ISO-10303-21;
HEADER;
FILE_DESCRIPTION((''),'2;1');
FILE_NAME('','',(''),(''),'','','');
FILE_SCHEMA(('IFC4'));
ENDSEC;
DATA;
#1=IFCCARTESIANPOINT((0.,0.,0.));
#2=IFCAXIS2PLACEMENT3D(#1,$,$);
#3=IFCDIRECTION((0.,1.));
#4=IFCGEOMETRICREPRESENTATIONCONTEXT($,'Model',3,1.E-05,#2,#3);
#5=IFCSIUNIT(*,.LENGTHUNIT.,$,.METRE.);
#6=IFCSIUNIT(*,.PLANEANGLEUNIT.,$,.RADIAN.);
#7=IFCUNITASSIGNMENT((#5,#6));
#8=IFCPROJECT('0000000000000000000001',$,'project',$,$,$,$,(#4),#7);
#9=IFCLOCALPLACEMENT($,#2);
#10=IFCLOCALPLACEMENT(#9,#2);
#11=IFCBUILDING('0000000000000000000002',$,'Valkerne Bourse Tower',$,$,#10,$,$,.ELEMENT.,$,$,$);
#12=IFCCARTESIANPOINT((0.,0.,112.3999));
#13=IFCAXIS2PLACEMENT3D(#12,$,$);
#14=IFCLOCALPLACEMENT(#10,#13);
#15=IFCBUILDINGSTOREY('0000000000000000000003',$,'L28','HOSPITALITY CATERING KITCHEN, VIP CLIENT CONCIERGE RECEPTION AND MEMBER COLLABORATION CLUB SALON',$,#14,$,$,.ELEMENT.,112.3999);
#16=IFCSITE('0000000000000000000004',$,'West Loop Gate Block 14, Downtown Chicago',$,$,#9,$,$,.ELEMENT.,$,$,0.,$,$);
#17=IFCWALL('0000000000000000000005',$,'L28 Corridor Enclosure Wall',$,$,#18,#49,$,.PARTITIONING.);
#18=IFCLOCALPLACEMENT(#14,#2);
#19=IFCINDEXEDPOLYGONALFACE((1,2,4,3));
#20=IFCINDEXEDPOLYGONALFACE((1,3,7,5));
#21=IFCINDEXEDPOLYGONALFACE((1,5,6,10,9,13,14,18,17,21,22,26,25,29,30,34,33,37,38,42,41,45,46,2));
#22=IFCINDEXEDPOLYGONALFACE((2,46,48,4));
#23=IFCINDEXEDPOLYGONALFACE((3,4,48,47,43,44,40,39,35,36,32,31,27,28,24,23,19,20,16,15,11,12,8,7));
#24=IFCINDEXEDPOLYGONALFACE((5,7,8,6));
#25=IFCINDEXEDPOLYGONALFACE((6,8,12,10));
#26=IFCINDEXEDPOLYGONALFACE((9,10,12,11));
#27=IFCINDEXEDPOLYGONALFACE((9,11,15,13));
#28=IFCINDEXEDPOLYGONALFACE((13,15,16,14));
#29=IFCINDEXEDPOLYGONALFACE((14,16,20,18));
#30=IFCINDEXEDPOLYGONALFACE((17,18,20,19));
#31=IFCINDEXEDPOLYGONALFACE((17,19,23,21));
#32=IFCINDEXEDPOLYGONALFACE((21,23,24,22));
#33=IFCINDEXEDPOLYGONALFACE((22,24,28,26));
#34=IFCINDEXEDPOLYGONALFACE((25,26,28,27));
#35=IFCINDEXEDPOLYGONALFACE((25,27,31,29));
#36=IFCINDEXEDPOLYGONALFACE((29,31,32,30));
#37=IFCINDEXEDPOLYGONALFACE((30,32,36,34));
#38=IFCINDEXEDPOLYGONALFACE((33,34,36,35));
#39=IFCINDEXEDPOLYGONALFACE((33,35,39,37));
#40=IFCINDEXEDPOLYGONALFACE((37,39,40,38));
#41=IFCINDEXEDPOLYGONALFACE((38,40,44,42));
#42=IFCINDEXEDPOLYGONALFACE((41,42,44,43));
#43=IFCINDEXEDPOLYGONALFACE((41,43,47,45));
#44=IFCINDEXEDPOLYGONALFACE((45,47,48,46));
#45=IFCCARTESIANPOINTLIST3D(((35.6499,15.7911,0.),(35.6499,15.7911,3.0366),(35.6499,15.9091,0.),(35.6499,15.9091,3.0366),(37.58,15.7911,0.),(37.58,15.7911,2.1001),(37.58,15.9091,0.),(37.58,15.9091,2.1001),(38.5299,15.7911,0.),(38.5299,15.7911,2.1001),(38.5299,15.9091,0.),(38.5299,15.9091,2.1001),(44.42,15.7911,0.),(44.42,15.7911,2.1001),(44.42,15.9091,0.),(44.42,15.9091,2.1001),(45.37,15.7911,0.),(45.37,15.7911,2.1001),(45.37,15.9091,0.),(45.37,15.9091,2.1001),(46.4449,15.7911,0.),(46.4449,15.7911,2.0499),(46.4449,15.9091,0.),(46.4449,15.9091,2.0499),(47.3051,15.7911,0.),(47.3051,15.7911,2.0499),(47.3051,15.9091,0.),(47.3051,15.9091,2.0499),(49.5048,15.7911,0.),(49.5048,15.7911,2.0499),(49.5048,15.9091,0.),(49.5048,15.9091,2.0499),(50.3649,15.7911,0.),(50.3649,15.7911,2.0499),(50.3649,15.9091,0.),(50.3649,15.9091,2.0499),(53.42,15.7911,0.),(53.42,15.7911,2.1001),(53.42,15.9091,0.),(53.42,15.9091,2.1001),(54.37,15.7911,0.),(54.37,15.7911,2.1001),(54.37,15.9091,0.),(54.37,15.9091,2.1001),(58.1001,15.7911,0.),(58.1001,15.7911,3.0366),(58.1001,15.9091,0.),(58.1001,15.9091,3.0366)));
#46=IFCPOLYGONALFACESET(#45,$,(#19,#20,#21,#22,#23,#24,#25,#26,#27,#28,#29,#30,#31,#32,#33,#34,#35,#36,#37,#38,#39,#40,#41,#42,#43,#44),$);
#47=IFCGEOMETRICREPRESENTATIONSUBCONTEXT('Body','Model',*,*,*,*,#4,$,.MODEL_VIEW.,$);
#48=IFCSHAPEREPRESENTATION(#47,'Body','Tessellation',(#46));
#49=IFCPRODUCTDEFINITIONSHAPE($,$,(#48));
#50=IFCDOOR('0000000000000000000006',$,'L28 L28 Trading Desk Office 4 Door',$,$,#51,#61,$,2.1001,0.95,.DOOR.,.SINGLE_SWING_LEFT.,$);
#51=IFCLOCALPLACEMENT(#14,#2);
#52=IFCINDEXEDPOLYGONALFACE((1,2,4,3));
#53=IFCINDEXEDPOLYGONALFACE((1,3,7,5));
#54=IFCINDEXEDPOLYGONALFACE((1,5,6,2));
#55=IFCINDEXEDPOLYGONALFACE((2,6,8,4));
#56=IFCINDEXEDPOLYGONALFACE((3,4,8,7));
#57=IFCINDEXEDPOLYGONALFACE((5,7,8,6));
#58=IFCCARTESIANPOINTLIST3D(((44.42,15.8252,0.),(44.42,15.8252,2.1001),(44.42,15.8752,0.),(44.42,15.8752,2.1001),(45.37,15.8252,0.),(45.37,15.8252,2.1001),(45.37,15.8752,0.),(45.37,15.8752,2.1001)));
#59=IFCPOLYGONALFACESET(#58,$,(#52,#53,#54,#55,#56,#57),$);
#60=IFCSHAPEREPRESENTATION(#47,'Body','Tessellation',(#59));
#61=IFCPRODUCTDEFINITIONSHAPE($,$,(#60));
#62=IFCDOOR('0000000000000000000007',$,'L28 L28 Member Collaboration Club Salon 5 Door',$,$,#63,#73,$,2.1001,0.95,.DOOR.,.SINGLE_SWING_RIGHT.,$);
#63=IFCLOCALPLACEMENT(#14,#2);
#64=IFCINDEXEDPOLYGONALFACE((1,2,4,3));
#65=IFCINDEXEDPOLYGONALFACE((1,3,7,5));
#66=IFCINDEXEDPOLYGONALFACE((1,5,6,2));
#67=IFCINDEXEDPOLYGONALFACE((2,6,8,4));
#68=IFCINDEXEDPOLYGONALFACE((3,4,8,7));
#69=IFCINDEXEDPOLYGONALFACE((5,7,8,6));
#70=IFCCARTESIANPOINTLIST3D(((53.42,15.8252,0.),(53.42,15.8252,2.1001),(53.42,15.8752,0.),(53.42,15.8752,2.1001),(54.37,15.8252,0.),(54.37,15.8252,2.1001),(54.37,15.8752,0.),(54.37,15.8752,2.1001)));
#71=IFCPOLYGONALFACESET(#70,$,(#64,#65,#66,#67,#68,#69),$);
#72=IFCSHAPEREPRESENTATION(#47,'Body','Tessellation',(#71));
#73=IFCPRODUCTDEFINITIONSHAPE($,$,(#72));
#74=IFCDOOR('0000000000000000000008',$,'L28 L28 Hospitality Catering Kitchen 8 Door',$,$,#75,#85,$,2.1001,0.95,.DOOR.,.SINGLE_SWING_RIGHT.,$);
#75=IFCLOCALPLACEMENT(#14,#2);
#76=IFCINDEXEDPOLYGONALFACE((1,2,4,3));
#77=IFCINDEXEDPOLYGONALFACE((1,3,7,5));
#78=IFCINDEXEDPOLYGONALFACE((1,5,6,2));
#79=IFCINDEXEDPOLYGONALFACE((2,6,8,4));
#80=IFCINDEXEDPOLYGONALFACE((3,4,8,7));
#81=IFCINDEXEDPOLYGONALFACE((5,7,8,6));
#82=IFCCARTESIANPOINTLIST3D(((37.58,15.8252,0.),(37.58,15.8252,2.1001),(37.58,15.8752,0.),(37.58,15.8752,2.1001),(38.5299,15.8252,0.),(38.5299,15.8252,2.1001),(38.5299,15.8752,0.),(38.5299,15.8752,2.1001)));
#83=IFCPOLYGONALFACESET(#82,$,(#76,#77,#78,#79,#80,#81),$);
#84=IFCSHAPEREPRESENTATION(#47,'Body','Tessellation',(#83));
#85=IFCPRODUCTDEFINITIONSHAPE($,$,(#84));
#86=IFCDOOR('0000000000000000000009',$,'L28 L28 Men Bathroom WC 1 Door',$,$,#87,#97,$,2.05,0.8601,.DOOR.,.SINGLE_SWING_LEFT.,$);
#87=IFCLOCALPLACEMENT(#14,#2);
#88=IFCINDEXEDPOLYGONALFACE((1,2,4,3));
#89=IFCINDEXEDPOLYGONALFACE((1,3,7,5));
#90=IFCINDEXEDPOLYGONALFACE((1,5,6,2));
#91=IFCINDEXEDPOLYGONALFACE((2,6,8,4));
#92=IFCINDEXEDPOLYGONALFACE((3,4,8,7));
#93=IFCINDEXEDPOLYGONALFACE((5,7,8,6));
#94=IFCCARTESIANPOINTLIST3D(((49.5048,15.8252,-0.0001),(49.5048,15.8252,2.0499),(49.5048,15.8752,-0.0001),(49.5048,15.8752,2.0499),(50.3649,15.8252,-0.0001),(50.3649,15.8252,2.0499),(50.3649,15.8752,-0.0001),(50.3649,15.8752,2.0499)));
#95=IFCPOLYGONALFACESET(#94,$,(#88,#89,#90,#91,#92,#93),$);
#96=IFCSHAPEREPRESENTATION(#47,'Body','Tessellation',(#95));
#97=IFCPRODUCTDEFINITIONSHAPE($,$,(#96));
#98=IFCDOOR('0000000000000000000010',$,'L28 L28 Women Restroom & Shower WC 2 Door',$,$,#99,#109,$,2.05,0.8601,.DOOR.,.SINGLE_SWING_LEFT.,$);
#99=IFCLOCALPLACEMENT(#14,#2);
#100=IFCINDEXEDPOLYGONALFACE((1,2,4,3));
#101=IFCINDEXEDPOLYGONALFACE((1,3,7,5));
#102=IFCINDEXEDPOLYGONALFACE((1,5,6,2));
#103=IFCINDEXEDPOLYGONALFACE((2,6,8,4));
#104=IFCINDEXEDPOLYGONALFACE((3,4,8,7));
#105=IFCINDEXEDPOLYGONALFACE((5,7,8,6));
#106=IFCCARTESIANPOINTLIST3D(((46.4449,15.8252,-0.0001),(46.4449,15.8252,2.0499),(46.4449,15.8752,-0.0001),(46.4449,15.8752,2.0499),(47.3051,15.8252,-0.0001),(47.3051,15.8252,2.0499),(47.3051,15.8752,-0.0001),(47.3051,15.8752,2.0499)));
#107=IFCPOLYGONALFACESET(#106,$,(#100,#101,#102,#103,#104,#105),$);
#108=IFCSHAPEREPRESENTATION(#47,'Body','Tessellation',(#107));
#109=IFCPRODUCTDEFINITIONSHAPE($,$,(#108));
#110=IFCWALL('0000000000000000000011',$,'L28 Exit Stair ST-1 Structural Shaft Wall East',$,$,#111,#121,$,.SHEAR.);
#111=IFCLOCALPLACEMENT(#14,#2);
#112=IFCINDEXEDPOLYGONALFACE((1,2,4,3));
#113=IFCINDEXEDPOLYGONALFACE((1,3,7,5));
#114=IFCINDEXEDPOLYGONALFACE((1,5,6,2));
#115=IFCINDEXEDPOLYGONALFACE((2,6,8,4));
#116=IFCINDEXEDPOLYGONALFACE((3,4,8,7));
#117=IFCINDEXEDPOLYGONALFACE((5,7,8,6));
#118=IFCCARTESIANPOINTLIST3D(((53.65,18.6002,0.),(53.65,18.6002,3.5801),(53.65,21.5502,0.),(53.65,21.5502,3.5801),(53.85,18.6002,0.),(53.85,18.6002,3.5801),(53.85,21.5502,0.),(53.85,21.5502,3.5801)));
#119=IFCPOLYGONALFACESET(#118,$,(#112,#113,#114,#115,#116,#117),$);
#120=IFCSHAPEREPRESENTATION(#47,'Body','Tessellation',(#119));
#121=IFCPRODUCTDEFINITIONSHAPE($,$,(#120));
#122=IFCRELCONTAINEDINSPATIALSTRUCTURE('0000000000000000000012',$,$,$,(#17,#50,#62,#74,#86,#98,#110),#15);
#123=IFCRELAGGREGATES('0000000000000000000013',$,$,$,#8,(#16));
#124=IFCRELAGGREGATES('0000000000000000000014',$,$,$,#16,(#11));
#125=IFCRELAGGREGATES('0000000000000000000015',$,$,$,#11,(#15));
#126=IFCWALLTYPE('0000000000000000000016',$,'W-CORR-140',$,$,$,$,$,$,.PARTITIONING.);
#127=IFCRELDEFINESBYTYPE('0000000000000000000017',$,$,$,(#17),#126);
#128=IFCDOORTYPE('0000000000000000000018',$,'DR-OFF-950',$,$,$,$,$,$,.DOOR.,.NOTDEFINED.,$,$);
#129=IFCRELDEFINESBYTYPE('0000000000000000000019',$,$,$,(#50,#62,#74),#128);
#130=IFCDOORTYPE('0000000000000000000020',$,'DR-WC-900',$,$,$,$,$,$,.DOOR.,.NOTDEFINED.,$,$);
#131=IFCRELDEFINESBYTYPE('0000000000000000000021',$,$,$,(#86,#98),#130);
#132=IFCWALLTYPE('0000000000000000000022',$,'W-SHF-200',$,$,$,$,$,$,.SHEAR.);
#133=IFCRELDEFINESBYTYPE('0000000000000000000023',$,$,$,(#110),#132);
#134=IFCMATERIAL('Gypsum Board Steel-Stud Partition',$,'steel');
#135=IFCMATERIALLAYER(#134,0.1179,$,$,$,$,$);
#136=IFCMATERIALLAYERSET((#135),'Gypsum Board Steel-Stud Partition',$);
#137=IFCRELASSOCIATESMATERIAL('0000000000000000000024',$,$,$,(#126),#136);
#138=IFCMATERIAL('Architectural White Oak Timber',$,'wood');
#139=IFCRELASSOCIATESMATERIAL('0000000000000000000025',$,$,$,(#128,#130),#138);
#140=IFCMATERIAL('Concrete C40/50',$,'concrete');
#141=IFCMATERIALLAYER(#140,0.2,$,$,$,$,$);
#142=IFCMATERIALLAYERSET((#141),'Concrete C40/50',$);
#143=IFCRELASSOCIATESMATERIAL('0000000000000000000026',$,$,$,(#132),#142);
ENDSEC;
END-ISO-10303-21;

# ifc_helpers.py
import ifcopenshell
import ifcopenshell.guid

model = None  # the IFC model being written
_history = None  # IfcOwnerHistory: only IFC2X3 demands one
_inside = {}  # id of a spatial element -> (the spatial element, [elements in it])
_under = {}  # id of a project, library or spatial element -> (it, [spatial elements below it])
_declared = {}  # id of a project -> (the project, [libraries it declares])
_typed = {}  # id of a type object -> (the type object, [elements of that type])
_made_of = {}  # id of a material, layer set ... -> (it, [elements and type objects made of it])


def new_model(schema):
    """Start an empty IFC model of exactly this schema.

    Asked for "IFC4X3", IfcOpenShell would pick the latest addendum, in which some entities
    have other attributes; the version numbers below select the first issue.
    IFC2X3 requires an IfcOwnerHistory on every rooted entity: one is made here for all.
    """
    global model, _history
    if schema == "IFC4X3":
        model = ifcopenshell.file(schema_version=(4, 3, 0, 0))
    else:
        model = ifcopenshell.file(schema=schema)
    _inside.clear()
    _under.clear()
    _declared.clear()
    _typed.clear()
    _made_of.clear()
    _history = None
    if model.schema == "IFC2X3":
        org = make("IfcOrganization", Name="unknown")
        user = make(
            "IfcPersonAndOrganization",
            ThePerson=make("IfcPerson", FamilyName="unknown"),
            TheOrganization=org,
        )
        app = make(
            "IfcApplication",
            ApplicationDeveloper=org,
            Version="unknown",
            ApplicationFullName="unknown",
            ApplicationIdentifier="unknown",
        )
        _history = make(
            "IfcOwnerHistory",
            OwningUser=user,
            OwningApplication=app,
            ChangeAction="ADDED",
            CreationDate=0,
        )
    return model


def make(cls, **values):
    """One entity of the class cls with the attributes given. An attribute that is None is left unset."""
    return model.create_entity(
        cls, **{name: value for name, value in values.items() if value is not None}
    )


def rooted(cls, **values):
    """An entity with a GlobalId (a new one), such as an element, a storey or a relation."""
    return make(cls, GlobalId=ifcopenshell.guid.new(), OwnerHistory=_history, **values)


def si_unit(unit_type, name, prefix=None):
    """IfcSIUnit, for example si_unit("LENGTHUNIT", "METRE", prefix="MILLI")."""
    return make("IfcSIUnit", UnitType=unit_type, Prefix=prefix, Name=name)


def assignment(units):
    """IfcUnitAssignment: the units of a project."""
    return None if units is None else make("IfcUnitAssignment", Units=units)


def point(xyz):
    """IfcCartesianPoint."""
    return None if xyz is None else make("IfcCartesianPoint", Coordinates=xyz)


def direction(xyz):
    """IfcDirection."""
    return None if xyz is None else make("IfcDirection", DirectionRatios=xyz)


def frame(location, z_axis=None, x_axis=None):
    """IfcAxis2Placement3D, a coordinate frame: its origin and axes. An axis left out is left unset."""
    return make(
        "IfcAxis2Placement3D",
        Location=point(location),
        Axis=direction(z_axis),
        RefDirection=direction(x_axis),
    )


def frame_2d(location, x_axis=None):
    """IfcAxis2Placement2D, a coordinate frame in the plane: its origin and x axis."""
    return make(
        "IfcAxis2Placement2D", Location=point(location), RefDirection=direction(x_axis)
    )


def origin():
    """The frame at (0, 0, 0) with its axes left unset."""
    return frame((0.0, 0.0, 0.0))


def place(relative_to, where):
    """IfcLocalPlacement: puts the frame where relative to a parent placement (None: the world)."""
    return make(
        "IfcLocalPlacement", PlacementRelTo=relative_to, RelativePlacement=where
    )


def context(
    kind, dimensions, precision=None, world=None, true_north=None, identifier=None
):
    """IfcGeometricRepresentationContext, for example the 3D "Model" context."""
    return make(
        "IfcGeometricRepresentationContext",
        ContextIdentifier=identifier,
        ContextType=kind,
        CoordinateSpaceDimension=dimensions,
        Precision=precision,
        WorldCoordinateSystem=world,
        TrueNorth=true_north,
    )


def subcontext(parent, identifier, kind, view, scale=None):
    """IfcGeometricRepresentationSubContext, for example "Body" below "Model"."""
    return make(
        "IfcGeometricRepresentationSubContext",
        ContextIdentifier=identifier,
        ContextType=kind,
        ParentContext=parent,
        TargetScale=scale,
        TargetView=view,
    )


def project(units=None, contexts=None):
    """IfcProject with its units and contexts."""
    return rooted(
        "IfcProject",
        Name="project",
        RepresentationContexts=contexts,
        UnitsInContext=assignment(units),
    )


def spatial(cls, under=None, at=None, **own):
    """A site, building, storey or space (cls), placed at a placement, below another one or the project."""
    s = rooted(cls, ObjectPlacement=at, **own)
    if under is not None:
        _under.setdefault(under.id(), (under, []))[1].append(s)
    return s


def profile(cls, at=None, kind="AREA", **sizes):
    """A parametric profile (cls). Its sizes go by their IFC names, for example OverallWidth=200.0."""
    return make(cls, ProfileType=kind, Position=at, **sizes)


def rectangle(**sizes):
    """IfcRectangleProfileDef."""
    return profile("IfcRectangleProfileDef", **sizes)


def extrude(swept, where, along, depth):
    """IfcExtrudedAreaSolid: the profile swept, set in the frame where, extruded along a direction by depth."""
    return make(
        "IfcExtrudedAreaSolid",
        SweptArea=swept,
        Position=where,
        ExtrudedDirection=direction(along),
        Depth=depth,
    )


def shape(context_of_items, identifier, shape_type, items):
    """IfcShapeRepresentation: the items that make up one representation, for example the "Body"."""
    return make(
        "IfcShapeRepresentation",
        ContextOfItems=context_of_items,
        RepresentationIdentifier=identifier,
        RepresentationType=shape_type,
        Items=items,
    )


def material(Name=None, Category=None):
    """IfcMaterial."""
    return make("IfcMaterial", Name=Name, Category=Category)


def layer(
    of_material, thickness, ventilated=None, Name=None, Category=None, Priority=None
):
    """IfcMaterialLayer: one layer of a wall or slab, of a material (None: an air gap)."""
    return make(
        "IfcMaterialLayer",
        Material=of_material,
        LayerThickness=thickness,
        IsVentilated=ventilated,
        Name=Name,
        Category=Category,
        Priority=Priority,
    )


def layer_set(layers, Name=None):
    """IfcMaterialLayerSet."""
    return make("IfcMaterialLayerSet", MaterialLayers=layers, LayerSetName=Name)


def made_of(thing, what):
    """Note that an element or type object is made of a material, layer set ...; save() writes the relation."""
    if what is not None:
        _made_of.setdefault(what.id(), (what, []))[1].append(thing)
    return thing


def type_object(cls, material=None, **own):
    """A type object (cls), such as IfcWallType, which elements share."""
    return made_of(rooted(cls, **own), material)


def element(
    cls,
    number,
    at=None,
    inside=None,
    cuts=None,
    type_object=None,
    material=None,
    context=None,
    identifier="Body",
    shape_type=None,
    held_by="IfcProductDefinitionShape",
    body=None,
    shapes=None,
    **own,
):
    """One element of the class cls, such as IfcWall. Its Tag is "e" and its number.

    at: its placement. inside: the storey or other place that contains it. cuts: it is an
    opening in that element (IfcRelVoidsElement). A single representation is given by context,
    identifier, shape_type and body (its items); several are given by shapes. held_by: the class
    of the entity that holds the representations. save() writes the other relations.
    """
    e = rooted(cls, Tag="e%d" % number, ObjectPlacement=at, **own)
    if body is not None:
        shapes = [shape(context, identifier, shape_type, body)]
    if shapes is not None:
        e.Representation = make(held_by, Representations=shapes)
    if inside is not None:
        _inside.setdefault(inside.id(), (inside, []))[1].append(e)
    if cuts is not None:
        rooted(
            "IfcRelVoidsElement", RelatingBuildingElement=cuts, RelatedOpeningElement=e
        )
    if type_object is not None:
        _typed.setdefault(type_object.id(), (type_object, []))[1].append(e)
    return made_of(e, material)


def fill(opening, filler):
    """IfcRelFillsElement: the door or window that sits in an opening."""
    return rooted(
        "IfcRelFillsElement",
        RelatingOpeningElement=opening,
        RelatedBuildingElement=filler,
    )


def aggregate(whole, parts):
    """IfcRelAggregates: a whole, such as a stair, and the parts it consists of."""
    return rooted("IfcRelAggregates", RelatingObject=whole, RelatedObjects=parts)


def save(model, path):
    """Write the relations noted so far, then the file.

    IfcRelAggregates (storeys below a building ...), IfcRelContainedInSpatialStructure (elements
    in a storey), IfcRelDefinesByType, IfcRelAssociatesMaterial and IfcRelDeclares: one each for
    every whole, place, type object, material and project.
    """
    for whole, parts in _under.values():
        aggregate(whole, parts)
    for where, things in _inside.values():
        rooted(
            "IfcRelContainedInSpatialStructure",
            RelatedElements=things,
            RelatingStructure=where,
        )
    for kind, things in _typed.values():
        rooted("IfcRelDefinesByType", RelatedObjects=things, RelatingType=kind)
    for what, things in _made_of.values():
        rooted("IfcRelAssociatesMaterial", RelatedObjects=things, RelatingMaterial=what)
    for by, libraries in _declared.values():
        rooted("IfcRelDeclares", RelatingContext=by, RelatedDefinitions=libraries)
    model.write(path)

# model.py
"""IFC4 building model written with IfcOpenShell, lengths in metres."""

from ifc_helpers import new_model, si_unit, direction, frame, frame_2d, origin, place, context, subcontext, project, spatial, rectangle, extrude, material, layer, layer_set, type_object, element, fill, save


model = new_model("IFC4")

# Units and contexts
model_context = context("Model", 3, precision=1e-05, world=origin(), true_north=direction((0.0, 1.0)))
body_context = subcontext(model_context, "Body", "Model", "MODEL_VIEW")
ifc_project = project(units=[si_unit("LENGTHUNIT", "METRE"), si_unit("PLANEANGLEUNIT", "RADIAN")], contexts=[model_context])

# Site, building, storey
site_placement = place(None, origin())
site = spatial("IfcSite", under=ifc_project, at=site_placement, Name="West Loop Gate Block 14, Downtown Chicago", CompositionType="ELEMENT", RefElevation=0.0)
building_placement = place(site_placement, origin())
building = spatial("IfcBuilding", under=site, at=building_placement, Name="Valkerne Bourse Tower", CompositionType="ELEMENT")
storey_placement = place(building_placement, frame((0.0, 0.0, 112.3999)))
storey = spatial("IfcBuildingStorey", under=building, at=storey_placement, Name="L28", Description="HOSPITALITY CATERING KITCHEN, VIP CLIENT CONCIERGE RECEPTION AND MEMBER COLLABORATION CLUB SALON", CompositionType="ELEMENT", Elevation=112.3999)

# Wall, openings, doors
ifc_material_1 = material(Name="Gypsum Board Steel-Stud Partition", Category="steel")
ifc_layer_1 = layer(ifc_material_1, 0.1179)
ifc_layer_set_1 = layer_set([ifc_layer_1], Name="Gypsum Board Steel-Stud Partition")
wall_type_1 = type_object("IfcWallType", Name="W-CORR-140", PredefinedType="PARTITIONING", material=ifc_layer_set_1)
wall_1_placement = place(storey_placement, frame((58.1001, 15.8501, 0.0), z_axis=(0.0, 0.0, 1.0), x_axis=(-1.0, 0.0, 0.0)))
wall_1 = element("IfcWall", 1, at=wall_1_placement, inside=storey, type_object=wall_type_1, Name="L28 Corridor Enclosure Wall", PredefinedType="PARTITIONING", context=body_context, shape_type="SweptSolid", body=[
    extrude(rectangle(XDim=22.4502, YDim=0.1179, at=frame_2d((11.2251, 0.0))), origin(), (0.0, 0.0, 1.0), 3.0366),
])
opening_1_placement = place(wall_1_placement, frame((7.7351, 0.0, 0.0)))
opening_1 = element("IfcOpeningElement", 2, at=opening_1_placement, cuts=wall_1, PredefinedType="OPENING", context=body_context, shape_type="SweptSolid", body=[
    extrude(rectangle(XDim=0.8601, YDim=2.05, at=frame_2d((0.4302, 1.0249))), frame((0.0, 0.0688, 0.0), z_axis=(0.0, -1.0, 0.0), x_axis=(1.0, 0.0, 0.0)), (0.0, 0.0, 1.0), 0.1379),
])
opening_2_placement = place(wall_1_placement, frame((10.7949, 0.0, 0.0)))
opening_2 = element("IfcOpeningElement", 3, at=opening_2_placement, cuts=wall_1, PredefinedType="OPENING", context=body_context, shape_type="SweptSolid", body=[
    extrude(rectangle(XDim=0.8601, YDim=2.05, at=frame_2d((0.4302, 1.0249))), frame((0.0, 0.0688, 0.0), z_axis=(0.0, -1.0, 0.0), x_axis=(1.0, 0.0, 0.0)), (0.0, 0.0, 1.0), 0.1379),
])
opening_3_placement = place(wall_1_placement, frame((12.73, 0.0, 0.0)))
opening_3 = element("IfcOpeningElement", 4, at=opening_3_placement, cuts=wall_1, PredefinedType="OPENING", context=body_context, shape_type="SweptSolid", body=[
    extrude(rectangle(XDim=0.95, YDim=2.1001, at=frame_2d((0.4751, 1.05))), frame((0.0, 0.0688, 0.0), z_axis=(0.0, -1.0, 0.0), x_axis=(1.0, 0.0, 0.0)), (0.0, 0.0, 1.0), 0.1379),
])
opening_4_placement = place(wall_1_placement, frame((3.73, 0.0, 0.0)))
opening_4 = element("IfcOpeningElement", 5, at=opening_4_placement, cuts=wall_1, PredefinedType="OPENING", context=body_context, shape_type="SweptSolid", body=[
    extrude(rectangle(XDim=0.95, YDim=2.1001, at=frame_2d((0.4751, 1.05))), frame((0.0, 0.0688, 0.0), z_axis=(0.0, -1.0, 0.0), x_axis=(1.0, 0.0, 0.0)), (0.0, 0.0, 1.0), 0.1379),
])
opening_5_placement = place(wall_1_placement, frame((19.5701, 0.0, 0.0)))
opening_5 = element("IfcOpeningElement", 6, at=opening_5_placement, cuts=wall_1, PredefinedType="OPENING", context=body_context, shape_type="SweptSolid", body=[
    extrude(rectangle(XDim=0.95, YDim=2.1001, at=frame_2d((0.4751, 1.05))), frame((0.0, 0.0688, 0.0), z_axis=(0.0, -1.0, 0.0), x_axis=(1.0, 0.0, 0.0)), (0.0, 0.0, 1.0), 0.1379),
])
ifc_material_2 = material(Name="Architectural White Oak Timber", Category="wood")
door_type_1 = type_object("IfcDoorType", Name="DR-OFF-950", OperationType="NOTDEFINED", PredefinedType="DOOR", material=ifc_material_2)
door_1_placement = place(opening_3_placement, origin())
door_1 = element("IfcDoor", 7, at=door_1_placement, inside=storey, type_object=door_type_1, Name="L28 L28 Trading Desk Office 4 Door", OperationType="SINGLE_SWING_LEFT", OverallHeight=2.1001, OverallWidth=0.95, PredefinedType="DOOR", context=body_context, shape_type="SweptSolid", body=[
    extrude(rectangle(XDim=0.95, YDim=2.1001, at=frame_2d((0.4751, 1.05))), frame((0.0, 0.0249, 0.0), z_axis=(0.0, -1.0, 0.0), x_axis=(1.0, 0.0, 0.0)), (0.0, 0.0, 1.0), 0.05),
])
fill(opening_3, door_1)
door_2_placement = place(opening_4_placement, origin())
door_2 = element("IfcDoor", 8, at=door_2_placement, inside=storey, type_object=door_type_1, Name="L28 L28 Member Collaboration Club Salon 5 Door", OperationType="SINGLE_SWING_RIGHT", OverallHeight=2.1001, OverallWidth=0.95, PredefinedType="DOOR", context=body_context, shape_type="SweptSolid", body=[
    extrude(rectangle(XDim=0.95, YDim=2.1001, at=frame_2d((0.4751, 1.05))), frame((0.0, 0.0249, 0.0), z_axis=(0.0, -1.0, 0.0), x_axis=(1.0, 0.0, 0.0)), (0.0, 0.0, 1.0), 0.05),
])
fill(opening_4, door_2)
door_3_placement = place(opening_5_placement, origin())
door_3 = element("IfcDoor", 9, at=door_3_placement, inside=storey, type_object=door_type_1, Name="L28 L28 Hospitality Catering Kitchen 8 Door", OperationType="SINGLE_SWING_RIGHT", OverallHeight=2.1001, OverallWidth=0.95, PredefinedType="DOOR", context=body_context, shape_type="SweptSolid", body=[
    extrude(rectangle(XDim=0.95, YDim=2.1001, at=frame_2d((0.4751, 1.05))), frame((0.0, 0.0249, 0.0), z_axis=(0.0, -1.0, 0.0), x_axis=(1.0, 0.0, 0.0)), (0.0, 0.0, 1.0), 0.05),
])
fill(opening_5, door_3)
door_type_2 = type_object("IfcDoorType", Name="DR-WC-900", OperationType="NOTDEFINED", PredefinedType="DOOR", material=ifc_material_2)
door_4_placement = place(opening_1_placement, origin())
door_4 = element("IfcDoor", 10, at=door_4_placement, inside=storey, type_object=door_type_2, Name="L28 L28 Men Bathroom WC 1 Door", OperationType="SINGLE_SWING_LEFT", OverallHeight=2.05, OverallWidth=0.8601, PredefinedType="DOOR", context=body_context, shape_type="SweptSolid", body=[
    extrude(rectangle(XDim=0.8601, YDim=2.05, at=frame_2d((0.4302, 1.0249))), frame((0.0, 0.0249, 0.0), z_axis=(0.0, -1.0, 0.0), x_axis=(1.0, 0.0, 0.0)), (0.0, 0.0, 1.0), 0.05),
])
fill(opening_1, door_4)
door_5_placement = place(opening_2_placement, origin())
door_5 = element("IfcDoor", 11, at=door_5_placement, inside=storey, type_object=door_type_2, Name="L28 L28 Women Restroom & Shower WC 2 Door", OperationType="SINGLE_SWING_LEFT", OverallHeight=2.05, OverallWidth=0.8601, PredefinedType="DOOR", context=body_context, shape_type="SweptSolid", body=[
    extrude(rectangle(XDim=0.8601, YDim=2.05, at=frame_2d((0.4302, 1.0249))), frame((0.0, 0.0249, 0.0), z_axis=(0.0, -1.0, 0.0), x_axis=(1.0, 0.0, 0.0)), (0.0, 0.0, 1.0), 0.05),
])
fill(opening_2, door_5)

# Wall
ifc_material_3 = material(Name="Concrete C40/50", Category="concrete")
ifc_layer_2 = layer(ifc_material_3, 0.2)
ifc_layer_set_2 = layer_set([ifc_layer_2], Name="Concrete C40/50")
wall_type_2 = type_object("IfcWallType", Name="W-SHF-200", PredefinedType="SHEAR", material=ifc_layer_set_2)
wall_2_placement = place(storey_placement, frame((53.75, 18.6001, 0.0), z_axis=(0.0, 0.0, 1.0), x_axis=(0.0, 1.0, 0.0)))
element("IfcWall", 12, at=wall_2_placement, inside=storey, type_object=wall_type_2, Name="L28 Exit Stair ST-1 Structural Shaft Wall East", PredefinedType="SHEAR", context=body_context, shape_type="SweptSolid", body=[
    extrude(rectangle(XDim=2.95, YDim=0.2, at=frame_2d((1.4751, 0.0))), origin(), (0.0, 0.0, 1.0), 3.5801),
])

save(model, "model.ifc")
